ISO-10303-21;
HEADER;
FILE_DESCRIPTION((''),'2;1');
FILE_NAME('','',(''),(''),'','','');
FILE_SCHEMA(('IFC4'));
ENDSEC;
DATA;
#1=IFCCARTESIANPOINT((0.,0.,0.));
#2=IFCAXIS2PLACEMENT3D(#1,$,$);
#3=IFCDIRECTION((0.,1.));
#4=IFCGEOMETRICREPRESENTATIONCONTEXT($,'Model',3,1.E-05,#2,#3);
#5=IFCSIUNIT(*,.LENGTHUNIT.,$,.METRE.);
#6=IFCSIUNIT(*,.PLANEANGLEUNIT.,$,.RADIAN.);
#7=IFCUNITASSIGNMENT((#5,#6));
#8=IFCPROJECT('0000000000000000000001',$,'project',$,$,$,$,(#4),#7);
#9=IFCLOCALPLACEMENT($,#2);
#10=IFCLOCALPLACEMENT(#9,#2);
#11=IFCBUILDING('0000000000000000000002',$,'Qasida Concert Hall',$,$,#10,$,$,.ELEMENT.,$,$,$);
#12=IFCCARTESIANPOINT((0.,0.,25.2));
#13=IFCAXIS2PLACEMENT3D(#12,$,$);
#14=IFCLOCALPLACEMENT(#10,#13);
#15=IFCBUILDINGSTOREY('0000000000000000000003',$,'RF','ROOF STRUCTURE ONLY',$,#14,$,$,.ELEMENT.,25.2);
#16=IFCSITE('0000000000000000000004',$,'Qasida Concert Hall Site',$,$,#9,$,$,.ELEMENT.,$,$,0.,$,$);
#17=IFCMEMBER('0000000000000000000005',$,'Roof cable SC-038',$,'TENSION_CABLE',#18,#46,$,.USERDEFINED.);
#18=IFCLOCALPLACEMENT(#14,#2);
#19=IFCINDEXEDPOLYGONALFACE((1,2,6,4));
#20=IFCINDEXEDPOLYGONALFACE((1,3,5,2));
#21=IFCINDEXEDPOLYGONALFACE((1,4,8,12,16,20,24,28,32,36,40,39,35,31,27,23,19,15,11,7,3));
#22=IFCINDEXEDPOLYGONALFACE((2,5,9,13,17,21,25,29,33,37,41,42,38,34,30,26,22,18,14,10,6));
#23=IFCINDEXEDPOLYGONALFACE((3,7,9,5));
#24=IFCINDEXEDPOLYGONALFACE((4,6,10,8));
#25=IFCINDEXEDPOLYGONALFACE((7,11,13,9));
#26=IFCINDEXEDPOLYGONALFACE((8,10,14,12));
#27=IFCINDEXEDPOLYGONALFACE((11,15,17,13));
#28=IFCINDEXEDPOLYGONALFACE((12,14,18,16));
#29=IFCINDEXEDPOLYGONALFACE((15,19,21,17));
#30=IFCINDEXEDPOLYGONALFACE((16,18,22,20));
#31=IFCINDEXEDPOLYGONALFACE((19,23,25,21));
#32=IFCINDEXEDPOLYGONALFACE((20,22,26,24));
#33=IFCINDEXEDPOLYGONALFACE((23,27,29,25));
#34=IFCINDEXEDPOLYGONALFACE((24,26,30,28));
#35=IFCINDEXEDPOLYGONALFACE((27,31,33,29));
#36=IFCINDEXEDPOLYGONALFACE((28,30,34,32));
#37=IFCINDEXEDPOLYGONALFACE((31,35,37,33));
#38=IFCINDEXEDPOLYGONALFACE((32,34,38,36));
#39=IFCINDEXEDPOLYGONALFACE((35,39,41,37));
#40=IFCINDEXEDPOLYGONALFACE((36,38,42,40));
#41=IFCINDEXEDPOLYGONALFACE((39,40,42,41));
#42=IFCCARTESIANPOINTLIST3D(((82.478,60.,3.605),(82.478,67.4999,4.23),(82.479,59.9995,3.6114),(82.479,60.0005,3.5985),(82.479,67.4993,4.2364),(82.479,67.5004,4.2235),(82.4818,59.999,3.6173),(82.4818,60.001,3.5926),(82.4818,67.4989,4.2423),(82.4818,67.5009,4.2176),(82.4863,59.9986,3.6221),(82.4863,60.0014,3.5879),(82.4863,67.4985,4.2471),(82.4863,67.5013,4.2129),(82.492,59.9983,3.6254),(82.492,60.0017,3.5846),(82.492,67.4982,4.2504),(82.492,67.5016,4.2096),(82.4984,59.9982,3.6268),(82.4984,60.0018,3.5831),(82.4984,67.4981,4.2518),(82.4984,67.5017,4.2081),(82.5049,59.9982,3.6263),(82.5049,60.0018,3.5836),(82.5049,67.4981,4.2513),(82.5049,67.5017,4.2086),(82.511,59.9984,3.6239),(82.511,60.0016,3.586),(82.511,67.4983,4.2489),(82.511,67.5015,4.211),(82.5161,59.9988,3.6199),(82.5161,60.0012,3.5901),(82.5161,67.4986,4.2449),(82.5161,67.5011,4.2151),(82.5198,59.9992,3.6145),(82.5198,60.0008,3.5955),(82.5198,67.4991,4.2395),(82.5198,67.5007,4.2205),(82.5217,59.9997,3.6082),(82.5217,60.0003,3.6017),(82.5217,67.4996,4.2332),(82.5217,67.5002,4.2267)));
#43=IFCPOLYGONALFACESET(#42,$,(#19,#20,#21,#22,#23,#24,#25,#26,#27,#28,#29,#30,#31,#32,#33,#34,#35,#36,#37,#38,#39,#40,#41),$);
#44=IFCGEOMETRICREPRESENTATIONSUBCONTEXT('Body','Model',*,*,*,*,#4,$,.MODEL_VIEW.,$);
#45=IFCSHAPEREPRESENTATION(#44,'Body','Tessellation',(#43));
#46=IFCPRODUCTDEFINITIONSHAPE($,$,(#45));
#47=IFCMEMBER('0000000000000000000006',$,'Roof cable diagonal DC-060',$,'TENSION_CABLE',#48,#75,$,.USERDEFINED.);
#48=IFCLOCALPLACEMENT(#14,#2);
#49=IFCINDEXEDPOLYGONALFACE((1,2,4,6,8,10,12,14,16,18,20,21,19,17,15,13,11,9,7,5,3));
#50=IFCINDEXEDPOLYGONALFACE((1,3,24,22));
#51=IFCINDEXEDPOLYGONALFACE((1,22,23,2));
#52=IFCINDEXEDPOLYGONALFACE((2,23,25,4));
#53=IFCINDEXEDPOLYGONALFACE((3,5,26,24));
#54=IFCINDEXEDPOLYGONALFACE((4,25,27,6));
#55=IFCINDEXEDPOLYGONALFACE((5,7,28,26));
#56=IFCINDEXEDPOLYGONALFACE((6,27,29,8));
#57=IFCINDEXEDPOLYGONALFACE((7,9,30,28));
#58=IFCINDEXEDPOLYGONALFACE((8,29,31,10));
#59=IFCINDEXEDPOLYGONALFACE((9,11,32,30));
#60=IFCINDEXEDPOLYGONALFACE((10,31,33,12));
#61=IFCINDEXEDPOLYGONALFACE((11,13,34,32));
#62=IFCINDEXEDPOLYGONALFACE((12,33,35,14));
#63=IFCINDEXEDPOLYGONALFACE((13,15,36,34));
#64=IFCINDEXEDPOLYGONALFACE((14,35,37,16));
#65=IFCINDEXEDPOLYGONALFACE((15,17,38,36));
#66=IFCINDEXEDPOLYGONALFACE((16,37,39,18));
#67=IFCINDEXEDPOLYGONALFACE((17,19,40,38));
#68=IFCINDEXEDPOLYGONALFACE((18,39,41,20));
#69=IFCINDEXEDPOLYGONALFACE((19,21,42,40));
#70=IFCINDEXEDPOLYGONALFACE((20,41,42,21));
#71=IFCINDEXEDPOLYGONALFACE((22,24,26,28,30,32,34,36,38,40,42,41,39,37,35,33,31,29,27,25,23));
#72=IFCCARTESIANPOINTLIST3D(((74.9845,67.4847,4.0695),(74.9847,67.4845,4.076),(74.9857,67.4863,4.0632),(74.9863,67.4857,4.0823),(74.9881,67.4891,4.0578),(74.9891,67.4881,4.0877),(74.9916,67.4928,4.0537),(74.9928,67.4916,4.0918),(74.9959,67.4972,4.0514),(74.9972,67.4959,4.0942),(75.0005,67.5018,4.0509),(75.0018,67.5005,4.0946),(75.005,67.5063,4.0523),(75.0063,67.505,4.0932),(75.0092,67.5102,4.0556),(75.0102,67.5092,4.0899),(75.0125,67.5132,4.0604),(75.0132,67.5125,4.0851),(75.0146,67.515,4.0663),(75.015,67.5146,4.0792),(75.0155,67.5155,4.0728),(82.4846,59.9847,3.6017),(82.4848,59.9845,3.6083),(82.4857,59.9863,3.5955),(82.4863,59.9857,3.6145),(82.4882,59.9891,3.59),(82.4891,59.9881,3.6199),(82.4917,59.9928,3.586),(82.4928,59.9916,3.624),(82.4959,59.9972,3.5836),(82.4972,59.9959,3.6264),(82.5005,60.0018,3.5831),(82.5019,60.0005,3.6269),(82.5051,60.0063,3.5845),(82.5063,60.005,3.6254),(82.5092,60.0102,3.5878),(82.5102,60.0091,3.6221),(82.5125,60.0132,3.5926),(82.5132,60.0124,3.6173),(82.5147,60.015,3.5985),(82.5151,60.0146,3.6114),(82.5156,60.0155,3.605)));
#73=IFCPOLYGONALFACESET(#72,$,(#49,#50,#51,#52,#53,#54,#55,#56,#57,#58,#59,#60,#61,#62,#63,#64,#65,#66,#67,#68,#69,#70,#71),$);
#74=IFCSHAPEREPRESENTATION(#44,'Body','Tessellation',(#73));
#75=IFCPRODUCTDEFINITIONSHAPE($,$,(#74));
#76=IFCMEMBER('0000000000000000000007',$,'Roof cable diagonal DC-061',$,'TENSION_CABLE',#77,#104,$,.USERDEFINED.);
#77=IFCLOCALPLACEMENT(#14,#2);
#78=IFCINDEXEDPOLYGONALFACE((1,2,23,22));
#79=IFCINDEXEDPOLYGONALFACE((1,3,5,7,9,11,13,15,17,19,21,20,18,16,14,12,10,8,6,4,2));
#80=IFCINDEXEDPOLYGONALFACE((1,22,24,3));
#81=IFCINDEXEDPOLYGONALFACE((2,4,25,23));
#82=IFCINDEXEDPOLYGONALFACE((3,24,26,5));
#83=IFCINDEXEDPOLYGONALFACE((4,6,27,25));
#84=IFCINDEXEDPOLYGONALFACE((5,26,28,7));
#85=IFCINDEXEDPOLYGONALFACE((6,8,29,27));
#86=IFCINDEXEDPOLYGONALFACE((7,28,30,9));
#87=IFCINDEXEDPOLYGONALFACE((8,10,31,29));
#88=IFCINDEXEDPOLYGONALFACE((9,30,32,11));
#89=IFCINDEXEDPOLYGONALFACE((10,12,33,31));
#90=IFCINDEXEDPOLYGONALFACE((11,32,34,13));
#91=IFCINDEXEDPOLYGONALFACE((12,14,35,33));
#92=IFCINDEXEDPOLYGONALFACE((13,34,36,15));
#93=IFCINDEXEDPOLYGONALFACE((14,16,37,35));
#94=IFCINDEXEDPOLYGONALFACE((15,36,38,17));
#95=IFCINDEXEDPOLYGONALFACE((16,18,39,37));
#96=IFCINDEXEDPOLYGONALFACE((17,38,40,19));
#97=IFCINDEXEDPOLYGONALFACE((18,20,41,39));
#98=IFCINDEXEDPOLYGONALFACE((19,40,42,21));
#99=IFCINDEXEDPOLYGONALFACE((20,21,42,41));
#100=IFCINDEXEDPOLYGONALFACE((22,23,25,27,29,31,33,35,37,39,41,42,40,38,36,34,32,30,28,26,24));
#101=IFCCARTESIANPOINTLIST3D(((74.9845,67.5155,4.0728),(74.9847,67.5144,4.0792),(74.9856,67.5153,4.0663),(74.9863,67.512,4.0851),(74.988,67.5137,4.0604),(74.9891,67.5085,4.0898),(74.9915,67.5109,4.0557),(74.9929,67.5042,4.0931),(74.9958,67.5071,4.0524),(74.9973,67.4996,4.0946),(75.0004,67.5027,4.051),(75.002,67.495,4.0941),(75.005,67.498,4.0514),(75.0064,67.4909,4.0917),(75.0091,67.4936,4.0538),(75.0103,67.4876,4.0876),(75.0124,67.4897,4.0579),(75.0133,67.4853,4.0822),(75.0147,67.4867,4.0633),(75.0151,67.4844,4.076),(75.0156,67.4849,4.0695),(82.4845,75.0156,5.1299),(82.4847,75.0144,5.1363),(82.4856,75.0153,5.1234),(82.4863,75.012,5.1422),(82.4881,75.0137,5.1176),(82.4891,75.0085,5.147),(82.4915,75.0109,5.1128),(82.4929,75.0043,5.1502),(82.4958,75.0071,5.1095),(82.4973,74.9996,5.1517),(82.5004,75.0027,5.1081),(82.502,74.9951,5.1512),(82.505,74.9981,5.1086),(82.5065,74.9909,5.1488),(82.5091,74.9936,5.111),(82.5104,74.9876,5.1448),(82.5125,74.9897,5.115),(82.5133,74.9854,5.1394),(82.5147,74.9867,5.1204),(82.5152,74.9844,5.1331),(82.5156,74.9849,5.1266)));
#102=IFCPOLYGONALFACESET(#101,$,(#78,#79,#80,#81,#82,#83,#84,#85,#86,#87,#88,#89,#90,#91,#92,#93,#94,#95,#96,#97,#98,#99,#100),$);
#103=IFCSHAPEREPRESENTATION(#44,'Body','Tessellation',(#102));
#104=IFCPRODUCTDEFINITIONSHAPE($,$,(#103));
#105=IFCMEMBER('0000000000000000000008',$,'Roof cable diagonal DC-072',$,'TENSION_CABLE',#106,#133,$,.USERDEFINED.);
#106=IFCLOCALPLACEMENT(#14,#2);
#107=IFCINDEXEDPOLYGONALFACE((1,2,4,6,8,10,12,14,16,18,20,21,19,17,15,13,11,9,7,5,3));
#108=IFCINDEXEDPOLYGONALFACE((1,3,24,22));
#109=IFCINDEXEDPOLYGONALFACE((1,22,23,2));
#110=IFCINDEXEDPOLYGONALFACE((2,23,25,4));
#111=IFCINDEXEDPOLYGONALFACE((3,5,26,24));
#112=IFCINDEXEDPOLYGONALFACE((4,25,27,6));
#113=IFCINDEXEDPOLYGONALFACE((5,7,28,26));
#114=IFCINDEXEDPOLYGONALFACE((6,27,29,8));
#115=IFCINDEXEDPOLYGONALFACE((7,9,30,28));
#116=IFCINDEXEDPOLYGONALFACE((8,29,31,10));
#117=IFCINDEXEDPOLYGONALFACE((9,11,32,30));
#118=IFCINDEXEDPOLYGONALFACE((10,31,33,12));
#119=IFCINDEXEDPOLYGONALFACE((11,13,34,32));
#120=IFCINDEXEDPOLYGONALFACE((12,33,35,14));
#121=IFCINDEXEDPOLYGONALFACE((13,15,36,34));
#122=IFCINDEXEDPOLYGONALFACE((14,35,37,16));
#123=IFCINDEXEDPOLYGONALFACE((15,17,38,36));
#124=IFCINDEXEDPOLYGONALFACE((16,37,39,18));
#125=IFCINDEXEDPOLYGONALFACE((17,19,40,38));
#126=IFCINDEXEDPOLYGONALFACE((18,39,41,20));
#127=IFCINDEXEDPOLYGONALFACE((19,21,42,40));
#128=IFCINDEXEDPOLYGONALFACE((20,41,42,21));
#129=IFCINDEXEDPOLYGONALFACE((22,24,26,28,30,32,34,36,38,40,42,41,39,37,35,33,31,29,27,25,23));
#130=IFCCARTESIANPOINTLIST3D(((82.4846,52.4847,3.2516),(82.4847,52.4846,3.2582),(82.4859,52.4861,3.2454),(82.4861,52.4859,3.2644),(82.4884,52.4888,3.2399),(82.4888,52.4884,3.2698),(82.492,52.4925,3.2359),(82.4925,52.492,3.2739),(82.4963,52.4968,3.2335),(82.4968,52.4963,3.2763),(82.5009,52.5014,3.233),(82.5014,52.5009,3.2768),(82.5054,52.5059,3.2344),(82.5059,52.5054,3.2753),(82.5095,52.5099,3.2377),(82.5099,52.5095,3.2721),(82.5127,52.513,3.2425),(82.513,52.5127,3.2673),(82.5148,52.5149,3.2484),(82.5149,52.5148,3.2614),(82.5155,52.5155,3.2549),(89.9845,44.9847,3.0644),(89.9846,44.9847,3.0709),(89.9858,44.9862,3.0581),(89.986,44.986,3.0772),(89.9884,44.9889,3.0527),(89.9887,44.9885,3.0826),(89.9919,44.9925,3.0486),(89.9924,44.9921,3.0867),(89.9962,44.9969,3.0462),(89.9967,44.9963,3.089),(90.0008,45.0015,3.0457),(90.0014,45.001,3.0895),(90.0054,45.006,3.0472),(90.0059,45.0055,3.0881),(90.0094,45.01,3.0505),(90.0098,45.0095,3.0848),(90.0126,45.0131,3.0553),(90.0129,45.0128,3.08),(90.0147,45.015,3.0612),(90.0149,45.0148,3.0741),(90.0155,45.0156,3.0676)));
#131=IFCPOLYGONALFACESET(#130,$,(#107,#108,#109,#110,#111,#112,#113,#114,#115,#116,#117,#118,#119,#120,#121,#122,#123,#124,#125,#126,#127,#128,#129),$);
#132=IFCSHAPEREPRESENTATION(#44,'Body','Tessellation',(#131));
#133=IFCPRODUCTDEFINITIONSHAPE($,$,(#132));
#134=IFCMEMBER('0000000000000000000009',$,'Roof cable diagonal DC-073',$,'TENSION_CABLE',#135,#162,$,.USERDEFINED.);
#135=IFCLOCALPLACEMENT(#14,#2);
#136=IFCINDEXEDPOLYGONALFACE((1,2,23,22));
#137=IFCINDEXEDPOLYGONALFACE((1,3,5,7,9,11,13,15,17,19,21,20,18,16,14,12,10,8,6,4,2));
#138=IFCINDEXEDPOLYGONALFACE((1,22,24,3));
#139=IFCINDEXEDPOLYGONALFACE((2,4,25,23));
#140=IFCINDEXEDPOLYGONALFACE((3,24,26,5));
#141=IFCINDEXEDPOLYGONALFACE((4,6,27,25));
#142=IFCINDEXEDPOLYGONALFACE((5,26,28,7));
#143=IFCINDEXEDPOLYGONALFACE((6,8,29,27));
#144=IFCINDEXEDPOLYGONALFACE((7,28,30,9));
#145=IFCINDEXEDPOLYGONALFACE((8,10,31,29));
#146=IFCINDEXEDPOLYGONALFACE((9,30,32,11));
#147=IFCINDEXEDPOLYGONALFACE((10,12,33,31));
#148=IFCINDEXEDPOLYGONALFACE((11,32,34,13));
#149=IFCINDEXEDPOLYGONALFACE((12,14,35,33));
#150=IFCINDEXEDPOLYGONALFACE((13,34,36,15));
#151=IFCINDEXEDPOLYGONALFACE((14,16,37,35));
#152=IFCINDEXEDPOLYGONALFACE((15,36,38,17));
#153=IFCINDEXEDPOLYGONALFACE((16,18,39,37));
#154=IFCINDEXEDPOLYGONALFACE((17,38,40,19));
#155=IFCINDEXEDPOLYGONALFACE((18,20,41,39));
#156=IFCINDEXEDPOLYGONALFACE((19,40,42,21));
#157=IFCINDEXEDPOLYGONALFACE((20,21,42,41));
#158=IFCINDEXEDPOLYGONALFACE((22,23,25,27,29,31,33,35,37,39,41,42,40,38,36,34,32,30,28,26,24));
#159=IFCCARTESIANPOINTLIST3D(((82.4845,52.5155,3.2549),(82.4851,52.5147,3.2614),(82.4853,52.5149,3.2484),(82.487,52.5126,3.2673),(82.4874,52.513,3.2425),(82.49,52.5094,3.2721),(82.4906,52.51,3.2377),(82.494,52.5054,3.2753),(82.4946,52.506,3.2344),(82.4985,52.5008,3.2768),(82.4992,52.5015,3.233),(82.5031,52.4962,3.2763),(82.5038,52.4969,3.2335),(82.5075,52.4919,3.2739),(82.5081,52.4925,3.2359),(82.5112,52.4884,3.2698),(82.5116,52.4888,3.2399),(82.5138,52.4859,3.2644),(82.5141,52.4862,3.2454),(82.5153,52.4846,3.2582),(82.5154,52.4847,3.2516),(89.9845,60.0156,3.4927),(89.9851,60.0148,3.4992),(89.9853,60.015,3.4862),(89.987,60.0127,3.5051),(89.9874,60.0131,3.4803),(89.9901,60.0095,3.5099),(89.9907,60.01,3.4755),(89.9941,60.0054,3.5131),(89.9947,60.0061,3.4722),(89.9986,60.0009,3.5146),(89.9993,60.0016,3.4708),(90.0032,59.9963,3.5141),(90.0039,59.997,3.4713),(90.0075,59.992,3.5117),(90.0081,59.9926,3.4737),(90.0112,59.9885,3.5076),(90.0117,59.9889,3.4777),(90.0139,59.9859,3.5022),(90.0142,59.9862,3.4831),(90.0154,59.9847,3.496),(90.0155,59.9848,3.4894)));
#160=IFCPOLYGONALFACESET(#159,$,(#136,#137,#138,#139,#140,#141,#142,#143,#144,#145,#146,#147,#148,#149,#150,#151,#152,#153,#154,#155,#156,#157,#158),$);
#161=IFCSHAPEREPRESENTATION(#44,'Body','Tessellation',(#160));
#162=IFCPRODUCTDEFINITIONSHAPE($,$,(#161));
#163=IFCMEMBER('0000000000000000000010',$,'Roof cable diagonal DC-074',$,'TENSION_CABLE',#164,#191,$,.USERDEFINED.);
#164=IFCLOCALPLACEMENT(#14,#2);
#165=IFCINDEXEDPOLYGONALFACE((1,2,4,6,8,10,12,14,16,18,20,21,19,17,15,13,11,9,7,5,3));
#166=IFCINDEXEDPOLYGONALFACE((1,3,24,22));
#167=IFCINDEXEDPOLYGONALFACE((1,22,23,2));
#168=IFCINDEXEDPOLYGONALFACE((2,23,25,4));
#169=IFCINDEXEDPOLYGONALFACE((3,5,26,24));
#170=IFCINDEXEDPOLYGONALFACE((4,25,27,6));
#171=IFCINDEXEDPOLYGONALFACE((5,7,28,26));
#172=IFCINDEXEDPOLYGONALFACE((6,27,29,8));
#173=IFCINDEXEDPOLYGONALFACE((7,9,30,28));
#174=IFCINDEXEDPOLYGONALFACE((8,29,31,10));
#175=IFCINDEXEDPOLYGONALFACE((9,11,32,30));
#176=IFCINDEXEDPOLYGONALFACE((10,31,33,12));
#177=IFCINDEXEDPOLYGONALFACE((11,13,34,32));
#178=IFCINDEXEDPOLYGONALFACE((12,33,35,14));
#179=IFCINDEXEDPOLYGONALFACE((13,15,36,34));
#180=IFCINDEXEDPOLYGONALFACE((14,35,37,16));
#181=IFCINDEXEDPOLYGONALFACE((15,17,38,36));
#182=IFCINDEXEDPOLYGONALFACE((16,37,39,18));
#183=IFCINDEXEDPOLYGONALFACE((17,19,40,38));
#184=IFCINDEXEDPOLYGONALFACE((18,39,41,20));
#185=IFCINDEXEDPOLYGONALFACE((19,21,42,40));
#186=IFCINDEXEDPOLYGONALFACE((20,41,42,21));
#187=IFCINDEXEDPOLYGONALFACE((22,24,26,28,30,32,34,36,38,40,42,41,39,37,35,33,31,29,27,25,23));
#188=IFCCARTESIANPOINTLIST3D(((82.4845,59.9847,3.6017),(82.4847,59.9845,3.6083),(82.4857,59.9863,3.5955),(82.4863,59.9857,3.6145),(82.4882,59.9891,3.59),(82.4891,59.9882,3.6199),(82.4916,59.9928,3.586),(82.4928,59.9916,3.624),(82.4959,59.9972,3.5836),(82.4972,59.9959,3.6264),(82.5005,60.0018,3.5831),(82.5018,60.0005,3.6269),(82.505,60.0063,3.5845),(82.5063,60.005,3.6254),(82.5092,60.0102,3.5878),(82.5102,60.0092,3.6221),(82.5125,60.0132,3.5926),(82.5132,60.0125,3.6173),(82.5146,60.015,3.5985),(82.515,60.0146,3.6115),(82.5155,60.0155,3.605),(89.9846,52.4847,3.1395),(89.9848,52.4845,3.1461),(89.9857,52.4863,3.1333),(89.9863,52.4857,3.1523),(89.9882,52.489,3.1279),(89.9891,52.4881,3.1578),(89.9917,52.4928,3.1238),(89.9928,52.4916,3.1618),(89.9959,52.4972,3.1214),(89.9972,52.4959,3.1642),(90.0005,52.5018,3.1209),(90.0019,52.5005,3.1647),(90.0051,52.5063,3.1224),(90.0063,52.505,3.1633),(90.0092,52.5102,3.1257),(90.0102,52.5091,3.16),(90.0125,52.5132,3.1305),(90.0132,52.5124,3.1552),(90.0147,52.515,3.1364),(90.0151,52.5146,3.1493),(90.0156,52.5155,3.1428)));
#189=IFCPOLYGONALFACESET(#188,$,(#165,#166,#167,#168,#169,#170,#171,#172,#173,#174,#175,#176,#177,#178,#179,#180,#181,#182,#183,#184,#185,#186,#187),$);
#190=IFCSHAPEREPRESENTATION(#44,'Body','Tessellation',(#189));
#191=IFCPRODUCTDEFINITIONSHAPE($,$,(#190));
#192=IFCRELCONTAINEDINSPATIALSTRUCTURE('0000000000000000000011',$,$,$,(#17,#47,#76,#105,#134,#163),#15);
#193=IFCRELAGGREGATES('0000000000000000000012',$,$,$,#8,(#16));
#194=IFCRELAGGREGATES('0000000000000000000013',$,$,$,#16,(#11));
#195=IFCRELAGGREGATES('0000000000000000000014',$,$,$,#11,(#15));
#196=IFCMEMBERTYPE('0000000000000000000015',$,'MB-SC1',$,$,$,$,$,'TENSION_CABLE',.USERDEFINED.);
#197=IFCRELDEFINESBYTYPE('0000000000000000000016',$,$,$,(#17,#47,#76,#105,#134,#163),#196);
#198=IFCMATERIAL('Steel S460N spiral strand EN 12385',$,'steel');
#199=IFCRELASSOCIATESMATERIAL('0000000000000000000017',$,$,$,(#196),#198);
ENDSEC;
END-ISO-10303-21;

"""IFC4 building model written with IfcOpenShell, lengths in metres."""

from ifc_helpers import new_model, si_unit, direction, frame, origin, origin_2d, place, context, subcontext, project, spatial, circle, extrude, material, material_profile, profile_set, type_object, element, save


model = new_model("IFC4")

# Units and contexts
model_context = context("Model", 3, precision=1e-05, world=origin(), true_north=direction((0.0, 1.0)))
body_context = subcontext(model_context, "Body", "Model", "MODEL_VIEW")
ifc_project = project(units=[si_unit("LENGTHUNIT", "METRE"), si_unit("PLANEANGLEUNIT", "RADIAN")], contexts=[model_context])

# Site, building, storey
site_placement = place(None, origin())
site = spatial("IfcSite", under=ifc_project, at=site_placement, Name="Qasida Concert Hall Site", CompositionType="ELEMENT", RefElevation=0.0)
building_placement = place(site_placement, origin())
building = spatial("IfcBuilding", under=site, at=building_placement, Name="Qasida Concert Hall", CompositionType="ELEMENT")
storey_placement = place(building_placement, frame((0.0, 0.0, 25.2)))
storey = spatial("IfcBuildingStorey", under=building, at=storey_placement, Name="RF", Description="ROOF STRUCTURE ONLY", CompositionType="ELEMENT", Elevation=25.2)

# Members
ifc_material_1 = material(Name="Steel S460N spiral strand EN 12385", Category="steel")
ifc_material_profile_1 = material_profile(ifc_material_1, circle(Radius=0.022, at=origin_2d()), Name="STRAND D44")
ifc_profile_set_1 = profile_set([ifc_material_profile_1], Name="Steel S460N spiral strand EN 12385")
member_type_1 = type_object("IfcMemberType", Name="MB-SC1", ElementType="TENSION_CABLE", PredefinedType="USERDEFINED", material=ifc_profile_set_1)
member_1_placement = place(storey_placement, frame((82.5, 60.0, 3.605), z_axis=(0.0, 0.996546, 0.083045), x_axis=(-1.0, 0.0, 0.0)))
element("IfcMember", 1, at=member_1_placement, inside=storey, type_object=member_type_1, Name="Roof cable SC-038", ObjectType="TENSION_CABLE", PredefinedType="USERDEFINED", context=body_context, shape_type="SweptSolid", body=[
    extrude(circle(Radius=0.022, at=origin_2d()), origin(), (0.0, 0.0, 1.0), 7.5259),
])
member_2_placement = place(storey_placement, frame((75.0, 67.5, 4.0728), z_axis=(0.70642, -0.70642, -0.044059), x_axis=(0.707107, 0.707107, 0.0)))
element("IfcMember", 2, at=member_2_placement, inside=storey, type_object=member_type_1, Name="Roof cable diagonal DC-060", ObjectType="TENSION_CABLE", PredefinedType="USERDEFINED", context=body_context, shape_type="SweptSolid", body=[
    extrude(circle(Radius=0.022, at=origin_2d()), origin(), (0.0, 0.0, 1.0), 10.6169),
])
member_3_placement = place(storey_placement, frame((75.0, 67.5, 4.0728), z_axis=(0.703621, 0.703621, 0.099176), x_axis=(-0.707107, 0.707107, 0.0)))
element("IfcMember", 3, at=member_3_placement, inside=storey, type_object=member_type_1, Name="Roof cable diagonal DC-061", ObjectType="TENSION_CABLE", PredefinedType="USERDEFINED", context=body_context, shape_type="SweptSolid", body=[
    extrude(circle(Radius=0.022, at=origin_2d()), origin(), (0.0, 0.0, 1.0), 10.6592),
])
member_4_placement = place(storey_placement, frame((82.5, 52.5, 3.2549), z_axis=(0.706997, -0.706997, -0.017652), x_axis=(0.707107, 0.707107, 0.0)))
element("IfcMember", 4, at=member_4_placement, inside=storey, type_object=member_type_1, Name="Roof cable diagonal DC-072", ObjectType="TENSION_CABLE", PredefinedType="USERDEFINED", context=body_context, shape_type="SweptSolid", body=[
    extrude(circle(Radius=0.022, at=origin_2d()), origin(), (0.0, 0.0, 1.0), 10.6082),
])
member_5_placement = place(storey_placement, frame((82.5, 52.5, 3.2549), z_axis=(0.706929, 0.706929, 0.022414), x_axis=(-0.707107, 0.707107, 0.0)))
element("IfcMember", 5, at=member_5_placement, inside=storey, type_object=member_type_1, Name="Roof cable diagonal DC-073", ObjectType="TENSION_CABLE", PredefinedType="USERDEFINED", context=body_context, shape_type="SweptSolid", body=[
    extrude(circle(Radius=0.022, at=origin_2d()), origin(), (0.0, 0.0, 1.0), 10.6094),
])
member_6_placement = place(storey_placement, frame((82.5, 60.0, 3.605), z_axis=(0.706436, -0.706436, -0.043531), x_axis=(0.707107, 0.707107, 0.0)))
element("IfcMember", 6, at=member_6_placement, inside=storey, type_object=member_type_1, Name="Roof cable diagonal DC-074", ObjectType="TENSION_CABLE", PredefinedType="USERDEFINED", context=body_context, shape_type="SweptSolid", body=[
    extrude(circle(Radius=0.022, at=origin_2d()), origin(), (0.0, 0.0, 1.0), 10.6167),
])

save(model, "model.ifc")
